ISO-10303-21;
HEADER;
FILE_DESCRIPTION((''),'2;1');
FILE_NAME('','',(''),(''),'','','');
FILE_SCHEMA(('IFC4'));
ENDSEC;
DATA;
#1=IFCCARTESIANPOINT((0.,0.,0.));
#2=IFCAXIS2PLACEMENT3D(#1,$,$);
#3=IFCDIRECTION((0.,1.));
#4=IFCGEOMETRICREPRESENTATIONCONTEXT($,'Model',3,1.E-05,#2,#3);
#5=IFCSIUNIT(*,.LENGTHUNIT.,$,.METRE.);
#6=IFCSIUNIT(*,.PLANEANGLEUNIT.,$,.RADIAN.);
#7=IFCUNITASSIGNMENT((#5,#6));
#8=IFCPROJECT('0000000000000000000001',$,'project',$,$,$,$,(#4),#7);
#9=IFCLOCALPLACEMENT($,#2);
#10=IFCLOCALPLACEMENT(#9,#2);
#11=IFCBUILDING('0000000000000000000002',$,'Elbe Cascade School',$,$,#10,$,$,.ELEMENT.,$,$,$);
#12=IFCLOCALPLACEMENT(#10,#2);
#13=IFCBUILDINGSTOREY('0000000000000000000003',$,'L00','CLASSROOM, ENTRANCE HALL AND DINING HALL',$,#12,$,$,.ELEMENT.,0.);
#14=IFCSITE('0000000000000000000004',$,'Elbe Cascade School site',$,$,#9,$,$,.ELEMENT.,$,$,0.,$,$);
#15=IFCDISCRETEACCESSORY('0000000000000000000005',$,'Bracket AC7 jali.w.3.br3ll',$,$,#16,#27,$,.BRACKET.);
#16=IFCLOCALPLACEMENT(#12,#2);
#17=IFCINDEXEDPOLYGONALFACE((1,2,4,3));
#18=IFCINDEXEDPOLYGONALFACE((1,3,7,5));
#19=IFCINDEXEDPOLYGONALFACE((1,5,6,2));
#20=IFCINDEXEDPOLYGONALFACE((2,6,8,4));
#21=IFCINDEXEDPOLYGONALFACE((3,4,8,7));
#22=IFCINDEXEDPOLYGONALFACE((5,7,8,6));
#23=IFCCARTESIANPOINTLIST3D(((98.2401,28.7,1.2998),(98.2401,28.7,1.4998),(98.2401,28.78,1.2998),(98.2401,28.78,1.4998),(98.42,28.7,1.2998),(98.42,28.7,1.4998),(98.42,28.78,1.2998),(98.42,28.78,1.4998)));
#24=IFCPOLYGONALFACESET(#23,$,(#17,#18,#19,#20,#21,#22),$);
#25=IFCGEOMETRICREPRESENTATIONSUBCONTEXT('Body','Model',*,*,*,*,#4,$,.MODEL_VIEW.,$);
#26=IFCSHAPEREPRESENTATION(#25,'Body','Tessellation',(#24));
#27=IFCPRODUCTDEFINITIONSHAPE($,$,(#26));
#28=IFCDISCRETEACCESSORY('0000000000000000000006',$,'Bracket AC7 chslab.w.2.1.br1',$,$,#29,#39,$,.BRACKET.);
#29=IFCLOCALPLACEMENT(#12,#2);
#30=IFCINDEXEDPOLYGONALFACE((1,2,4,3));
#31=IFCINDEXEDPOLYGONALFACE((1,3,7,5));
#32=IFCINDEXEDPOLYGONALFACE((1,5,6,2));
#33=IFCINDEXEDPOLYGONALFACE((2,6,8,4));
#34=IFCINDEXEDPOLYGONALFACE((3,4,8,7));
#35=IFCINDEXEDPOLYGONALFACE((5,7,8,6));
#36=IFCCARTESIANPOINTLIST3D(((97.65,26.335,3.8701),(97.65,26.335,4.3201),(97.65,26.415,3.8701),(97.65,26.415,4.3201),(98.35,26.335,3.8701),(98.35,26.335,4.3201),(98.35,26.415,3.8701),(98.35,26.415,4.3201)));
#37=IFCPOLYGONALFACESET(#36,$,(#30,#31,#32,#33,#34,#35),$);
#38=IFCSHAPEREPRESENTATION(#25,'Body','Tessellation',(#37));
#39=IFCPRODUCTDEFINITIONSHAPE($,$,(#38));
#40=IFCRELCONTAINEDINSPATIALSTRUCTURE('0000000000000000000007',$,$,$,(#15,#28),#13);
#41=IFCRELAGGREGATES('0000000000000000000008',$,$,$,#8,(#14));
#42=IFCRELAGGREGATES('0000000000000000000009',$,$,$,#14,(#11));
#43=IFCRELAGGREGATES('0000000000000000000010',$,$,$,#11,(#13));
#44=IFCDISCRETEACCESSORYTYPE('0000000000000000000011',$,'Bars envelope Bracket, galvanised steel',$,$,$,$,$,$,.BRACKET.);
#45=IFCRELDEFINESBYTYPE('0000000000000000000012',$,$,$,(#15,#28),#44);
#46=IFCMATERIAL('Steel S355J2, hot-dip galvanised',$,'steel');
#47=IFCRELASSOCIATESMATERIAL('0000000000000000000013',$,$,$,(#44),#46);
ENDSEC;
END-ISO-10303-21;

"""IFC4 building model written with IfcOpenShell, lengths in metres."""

from ifc_helpers import new_model, si_unit, direction, frame, origin, origin_2d, place, context, subcontext, project, spatial, rectangle, extrude, material, type_object, element, save


model = new_model("IFC4")

# Units and contexts
model_context = context("Model", 3, precision=1e-05, world=origin(), true_north=direction((0.0, 1.0)))
body_context = subcontext(model_context, "Body", "Model", "MODEL_VIEW")
ifc_project = project(units=[si_unit("LENGTHUNIT", "METRE"), si_unit("PLANEANGLEUNIT", "RADIAN")], contexts=[model_context])

# Site, building, storey
site_placement = place(None, origin())
site = spatial("IfcSite", under=ifc_project, at=site_placement, Name="Elbe Cascade School site", CompositionType="ELEMENT", RefElevation=0.0)
building_placement = place(site_placement, origin())
building = spatial("IfcBuilding", under=site, at=building_placement, Name="Elbe Cascade School", CompositionType="ELEMENT")
storey_placement = place(building_placement, origin())
storey = spatial("IfcBuildingStorey", under=building, at=storey_placement, Name="L00", Description="CLASSROOM, ENTRANCE HALL AND DINING HALL", CompositionType="ELEMENT", Elevation=0.0)

# Discrete accessories
ifc_material_1 = material(Name="Steel S355J2, hot-dip galvanised", Category="steel")
discrete_accessory_type = type_object("IfcDiscreteAccessoryType", Name="Bars envelope Bracket, galvanised steel", PredefinedType="BRACKET", material=ifc_material_1)
for number, where, z_axis, x_axis, name in (
    (1, (98.3301, 28.74, 1.2998), (0.0, 0.0, 1.0), (0.0, 1.0, 0.0), "Bracket AC7 jali.w.3.br3ll"),
):
    element("IfcDiscreteAccessory", number, at=place(storey_placement, frame(where, z_axis=z_axis, x_axis=x_axis)), inside=storey, type_object=discrete_accessory_type, Name=name, PredefinedType="BRACKET", context=body_context, shape_type="SweptSolid", body=[
        extrude(rectangle(XDim=0.0801, YDim=0.1799, at=origin_2d()), origin(), (0.0, 0.0, 1.0), 0.2),
    ])
discrete_accessory_1_placement = place(storey_placement, frame((98.0, 26.375, 3.8701), z_axis=(0.0, 0.0, 1.0), x_axis=(0.0, 1.0, 0.0)))
element("IfcDiscreteAccessory", 2, at=discrete_accessory_1_placement, inside=storey, type_object=discrete_accessory_type, Name="Bracket AC7 chslab.w.2.1.br1", PredefinedType="BRACKET", context=body_context, shape_type="SweptSolid", body=[
    extrude(rectangle(XDim=0.0801, YDim=0.7, at=origin_2d()), origin(), (0.0, 0.0, 1.0), 0.45),
])

save(model, "model.ifc")
